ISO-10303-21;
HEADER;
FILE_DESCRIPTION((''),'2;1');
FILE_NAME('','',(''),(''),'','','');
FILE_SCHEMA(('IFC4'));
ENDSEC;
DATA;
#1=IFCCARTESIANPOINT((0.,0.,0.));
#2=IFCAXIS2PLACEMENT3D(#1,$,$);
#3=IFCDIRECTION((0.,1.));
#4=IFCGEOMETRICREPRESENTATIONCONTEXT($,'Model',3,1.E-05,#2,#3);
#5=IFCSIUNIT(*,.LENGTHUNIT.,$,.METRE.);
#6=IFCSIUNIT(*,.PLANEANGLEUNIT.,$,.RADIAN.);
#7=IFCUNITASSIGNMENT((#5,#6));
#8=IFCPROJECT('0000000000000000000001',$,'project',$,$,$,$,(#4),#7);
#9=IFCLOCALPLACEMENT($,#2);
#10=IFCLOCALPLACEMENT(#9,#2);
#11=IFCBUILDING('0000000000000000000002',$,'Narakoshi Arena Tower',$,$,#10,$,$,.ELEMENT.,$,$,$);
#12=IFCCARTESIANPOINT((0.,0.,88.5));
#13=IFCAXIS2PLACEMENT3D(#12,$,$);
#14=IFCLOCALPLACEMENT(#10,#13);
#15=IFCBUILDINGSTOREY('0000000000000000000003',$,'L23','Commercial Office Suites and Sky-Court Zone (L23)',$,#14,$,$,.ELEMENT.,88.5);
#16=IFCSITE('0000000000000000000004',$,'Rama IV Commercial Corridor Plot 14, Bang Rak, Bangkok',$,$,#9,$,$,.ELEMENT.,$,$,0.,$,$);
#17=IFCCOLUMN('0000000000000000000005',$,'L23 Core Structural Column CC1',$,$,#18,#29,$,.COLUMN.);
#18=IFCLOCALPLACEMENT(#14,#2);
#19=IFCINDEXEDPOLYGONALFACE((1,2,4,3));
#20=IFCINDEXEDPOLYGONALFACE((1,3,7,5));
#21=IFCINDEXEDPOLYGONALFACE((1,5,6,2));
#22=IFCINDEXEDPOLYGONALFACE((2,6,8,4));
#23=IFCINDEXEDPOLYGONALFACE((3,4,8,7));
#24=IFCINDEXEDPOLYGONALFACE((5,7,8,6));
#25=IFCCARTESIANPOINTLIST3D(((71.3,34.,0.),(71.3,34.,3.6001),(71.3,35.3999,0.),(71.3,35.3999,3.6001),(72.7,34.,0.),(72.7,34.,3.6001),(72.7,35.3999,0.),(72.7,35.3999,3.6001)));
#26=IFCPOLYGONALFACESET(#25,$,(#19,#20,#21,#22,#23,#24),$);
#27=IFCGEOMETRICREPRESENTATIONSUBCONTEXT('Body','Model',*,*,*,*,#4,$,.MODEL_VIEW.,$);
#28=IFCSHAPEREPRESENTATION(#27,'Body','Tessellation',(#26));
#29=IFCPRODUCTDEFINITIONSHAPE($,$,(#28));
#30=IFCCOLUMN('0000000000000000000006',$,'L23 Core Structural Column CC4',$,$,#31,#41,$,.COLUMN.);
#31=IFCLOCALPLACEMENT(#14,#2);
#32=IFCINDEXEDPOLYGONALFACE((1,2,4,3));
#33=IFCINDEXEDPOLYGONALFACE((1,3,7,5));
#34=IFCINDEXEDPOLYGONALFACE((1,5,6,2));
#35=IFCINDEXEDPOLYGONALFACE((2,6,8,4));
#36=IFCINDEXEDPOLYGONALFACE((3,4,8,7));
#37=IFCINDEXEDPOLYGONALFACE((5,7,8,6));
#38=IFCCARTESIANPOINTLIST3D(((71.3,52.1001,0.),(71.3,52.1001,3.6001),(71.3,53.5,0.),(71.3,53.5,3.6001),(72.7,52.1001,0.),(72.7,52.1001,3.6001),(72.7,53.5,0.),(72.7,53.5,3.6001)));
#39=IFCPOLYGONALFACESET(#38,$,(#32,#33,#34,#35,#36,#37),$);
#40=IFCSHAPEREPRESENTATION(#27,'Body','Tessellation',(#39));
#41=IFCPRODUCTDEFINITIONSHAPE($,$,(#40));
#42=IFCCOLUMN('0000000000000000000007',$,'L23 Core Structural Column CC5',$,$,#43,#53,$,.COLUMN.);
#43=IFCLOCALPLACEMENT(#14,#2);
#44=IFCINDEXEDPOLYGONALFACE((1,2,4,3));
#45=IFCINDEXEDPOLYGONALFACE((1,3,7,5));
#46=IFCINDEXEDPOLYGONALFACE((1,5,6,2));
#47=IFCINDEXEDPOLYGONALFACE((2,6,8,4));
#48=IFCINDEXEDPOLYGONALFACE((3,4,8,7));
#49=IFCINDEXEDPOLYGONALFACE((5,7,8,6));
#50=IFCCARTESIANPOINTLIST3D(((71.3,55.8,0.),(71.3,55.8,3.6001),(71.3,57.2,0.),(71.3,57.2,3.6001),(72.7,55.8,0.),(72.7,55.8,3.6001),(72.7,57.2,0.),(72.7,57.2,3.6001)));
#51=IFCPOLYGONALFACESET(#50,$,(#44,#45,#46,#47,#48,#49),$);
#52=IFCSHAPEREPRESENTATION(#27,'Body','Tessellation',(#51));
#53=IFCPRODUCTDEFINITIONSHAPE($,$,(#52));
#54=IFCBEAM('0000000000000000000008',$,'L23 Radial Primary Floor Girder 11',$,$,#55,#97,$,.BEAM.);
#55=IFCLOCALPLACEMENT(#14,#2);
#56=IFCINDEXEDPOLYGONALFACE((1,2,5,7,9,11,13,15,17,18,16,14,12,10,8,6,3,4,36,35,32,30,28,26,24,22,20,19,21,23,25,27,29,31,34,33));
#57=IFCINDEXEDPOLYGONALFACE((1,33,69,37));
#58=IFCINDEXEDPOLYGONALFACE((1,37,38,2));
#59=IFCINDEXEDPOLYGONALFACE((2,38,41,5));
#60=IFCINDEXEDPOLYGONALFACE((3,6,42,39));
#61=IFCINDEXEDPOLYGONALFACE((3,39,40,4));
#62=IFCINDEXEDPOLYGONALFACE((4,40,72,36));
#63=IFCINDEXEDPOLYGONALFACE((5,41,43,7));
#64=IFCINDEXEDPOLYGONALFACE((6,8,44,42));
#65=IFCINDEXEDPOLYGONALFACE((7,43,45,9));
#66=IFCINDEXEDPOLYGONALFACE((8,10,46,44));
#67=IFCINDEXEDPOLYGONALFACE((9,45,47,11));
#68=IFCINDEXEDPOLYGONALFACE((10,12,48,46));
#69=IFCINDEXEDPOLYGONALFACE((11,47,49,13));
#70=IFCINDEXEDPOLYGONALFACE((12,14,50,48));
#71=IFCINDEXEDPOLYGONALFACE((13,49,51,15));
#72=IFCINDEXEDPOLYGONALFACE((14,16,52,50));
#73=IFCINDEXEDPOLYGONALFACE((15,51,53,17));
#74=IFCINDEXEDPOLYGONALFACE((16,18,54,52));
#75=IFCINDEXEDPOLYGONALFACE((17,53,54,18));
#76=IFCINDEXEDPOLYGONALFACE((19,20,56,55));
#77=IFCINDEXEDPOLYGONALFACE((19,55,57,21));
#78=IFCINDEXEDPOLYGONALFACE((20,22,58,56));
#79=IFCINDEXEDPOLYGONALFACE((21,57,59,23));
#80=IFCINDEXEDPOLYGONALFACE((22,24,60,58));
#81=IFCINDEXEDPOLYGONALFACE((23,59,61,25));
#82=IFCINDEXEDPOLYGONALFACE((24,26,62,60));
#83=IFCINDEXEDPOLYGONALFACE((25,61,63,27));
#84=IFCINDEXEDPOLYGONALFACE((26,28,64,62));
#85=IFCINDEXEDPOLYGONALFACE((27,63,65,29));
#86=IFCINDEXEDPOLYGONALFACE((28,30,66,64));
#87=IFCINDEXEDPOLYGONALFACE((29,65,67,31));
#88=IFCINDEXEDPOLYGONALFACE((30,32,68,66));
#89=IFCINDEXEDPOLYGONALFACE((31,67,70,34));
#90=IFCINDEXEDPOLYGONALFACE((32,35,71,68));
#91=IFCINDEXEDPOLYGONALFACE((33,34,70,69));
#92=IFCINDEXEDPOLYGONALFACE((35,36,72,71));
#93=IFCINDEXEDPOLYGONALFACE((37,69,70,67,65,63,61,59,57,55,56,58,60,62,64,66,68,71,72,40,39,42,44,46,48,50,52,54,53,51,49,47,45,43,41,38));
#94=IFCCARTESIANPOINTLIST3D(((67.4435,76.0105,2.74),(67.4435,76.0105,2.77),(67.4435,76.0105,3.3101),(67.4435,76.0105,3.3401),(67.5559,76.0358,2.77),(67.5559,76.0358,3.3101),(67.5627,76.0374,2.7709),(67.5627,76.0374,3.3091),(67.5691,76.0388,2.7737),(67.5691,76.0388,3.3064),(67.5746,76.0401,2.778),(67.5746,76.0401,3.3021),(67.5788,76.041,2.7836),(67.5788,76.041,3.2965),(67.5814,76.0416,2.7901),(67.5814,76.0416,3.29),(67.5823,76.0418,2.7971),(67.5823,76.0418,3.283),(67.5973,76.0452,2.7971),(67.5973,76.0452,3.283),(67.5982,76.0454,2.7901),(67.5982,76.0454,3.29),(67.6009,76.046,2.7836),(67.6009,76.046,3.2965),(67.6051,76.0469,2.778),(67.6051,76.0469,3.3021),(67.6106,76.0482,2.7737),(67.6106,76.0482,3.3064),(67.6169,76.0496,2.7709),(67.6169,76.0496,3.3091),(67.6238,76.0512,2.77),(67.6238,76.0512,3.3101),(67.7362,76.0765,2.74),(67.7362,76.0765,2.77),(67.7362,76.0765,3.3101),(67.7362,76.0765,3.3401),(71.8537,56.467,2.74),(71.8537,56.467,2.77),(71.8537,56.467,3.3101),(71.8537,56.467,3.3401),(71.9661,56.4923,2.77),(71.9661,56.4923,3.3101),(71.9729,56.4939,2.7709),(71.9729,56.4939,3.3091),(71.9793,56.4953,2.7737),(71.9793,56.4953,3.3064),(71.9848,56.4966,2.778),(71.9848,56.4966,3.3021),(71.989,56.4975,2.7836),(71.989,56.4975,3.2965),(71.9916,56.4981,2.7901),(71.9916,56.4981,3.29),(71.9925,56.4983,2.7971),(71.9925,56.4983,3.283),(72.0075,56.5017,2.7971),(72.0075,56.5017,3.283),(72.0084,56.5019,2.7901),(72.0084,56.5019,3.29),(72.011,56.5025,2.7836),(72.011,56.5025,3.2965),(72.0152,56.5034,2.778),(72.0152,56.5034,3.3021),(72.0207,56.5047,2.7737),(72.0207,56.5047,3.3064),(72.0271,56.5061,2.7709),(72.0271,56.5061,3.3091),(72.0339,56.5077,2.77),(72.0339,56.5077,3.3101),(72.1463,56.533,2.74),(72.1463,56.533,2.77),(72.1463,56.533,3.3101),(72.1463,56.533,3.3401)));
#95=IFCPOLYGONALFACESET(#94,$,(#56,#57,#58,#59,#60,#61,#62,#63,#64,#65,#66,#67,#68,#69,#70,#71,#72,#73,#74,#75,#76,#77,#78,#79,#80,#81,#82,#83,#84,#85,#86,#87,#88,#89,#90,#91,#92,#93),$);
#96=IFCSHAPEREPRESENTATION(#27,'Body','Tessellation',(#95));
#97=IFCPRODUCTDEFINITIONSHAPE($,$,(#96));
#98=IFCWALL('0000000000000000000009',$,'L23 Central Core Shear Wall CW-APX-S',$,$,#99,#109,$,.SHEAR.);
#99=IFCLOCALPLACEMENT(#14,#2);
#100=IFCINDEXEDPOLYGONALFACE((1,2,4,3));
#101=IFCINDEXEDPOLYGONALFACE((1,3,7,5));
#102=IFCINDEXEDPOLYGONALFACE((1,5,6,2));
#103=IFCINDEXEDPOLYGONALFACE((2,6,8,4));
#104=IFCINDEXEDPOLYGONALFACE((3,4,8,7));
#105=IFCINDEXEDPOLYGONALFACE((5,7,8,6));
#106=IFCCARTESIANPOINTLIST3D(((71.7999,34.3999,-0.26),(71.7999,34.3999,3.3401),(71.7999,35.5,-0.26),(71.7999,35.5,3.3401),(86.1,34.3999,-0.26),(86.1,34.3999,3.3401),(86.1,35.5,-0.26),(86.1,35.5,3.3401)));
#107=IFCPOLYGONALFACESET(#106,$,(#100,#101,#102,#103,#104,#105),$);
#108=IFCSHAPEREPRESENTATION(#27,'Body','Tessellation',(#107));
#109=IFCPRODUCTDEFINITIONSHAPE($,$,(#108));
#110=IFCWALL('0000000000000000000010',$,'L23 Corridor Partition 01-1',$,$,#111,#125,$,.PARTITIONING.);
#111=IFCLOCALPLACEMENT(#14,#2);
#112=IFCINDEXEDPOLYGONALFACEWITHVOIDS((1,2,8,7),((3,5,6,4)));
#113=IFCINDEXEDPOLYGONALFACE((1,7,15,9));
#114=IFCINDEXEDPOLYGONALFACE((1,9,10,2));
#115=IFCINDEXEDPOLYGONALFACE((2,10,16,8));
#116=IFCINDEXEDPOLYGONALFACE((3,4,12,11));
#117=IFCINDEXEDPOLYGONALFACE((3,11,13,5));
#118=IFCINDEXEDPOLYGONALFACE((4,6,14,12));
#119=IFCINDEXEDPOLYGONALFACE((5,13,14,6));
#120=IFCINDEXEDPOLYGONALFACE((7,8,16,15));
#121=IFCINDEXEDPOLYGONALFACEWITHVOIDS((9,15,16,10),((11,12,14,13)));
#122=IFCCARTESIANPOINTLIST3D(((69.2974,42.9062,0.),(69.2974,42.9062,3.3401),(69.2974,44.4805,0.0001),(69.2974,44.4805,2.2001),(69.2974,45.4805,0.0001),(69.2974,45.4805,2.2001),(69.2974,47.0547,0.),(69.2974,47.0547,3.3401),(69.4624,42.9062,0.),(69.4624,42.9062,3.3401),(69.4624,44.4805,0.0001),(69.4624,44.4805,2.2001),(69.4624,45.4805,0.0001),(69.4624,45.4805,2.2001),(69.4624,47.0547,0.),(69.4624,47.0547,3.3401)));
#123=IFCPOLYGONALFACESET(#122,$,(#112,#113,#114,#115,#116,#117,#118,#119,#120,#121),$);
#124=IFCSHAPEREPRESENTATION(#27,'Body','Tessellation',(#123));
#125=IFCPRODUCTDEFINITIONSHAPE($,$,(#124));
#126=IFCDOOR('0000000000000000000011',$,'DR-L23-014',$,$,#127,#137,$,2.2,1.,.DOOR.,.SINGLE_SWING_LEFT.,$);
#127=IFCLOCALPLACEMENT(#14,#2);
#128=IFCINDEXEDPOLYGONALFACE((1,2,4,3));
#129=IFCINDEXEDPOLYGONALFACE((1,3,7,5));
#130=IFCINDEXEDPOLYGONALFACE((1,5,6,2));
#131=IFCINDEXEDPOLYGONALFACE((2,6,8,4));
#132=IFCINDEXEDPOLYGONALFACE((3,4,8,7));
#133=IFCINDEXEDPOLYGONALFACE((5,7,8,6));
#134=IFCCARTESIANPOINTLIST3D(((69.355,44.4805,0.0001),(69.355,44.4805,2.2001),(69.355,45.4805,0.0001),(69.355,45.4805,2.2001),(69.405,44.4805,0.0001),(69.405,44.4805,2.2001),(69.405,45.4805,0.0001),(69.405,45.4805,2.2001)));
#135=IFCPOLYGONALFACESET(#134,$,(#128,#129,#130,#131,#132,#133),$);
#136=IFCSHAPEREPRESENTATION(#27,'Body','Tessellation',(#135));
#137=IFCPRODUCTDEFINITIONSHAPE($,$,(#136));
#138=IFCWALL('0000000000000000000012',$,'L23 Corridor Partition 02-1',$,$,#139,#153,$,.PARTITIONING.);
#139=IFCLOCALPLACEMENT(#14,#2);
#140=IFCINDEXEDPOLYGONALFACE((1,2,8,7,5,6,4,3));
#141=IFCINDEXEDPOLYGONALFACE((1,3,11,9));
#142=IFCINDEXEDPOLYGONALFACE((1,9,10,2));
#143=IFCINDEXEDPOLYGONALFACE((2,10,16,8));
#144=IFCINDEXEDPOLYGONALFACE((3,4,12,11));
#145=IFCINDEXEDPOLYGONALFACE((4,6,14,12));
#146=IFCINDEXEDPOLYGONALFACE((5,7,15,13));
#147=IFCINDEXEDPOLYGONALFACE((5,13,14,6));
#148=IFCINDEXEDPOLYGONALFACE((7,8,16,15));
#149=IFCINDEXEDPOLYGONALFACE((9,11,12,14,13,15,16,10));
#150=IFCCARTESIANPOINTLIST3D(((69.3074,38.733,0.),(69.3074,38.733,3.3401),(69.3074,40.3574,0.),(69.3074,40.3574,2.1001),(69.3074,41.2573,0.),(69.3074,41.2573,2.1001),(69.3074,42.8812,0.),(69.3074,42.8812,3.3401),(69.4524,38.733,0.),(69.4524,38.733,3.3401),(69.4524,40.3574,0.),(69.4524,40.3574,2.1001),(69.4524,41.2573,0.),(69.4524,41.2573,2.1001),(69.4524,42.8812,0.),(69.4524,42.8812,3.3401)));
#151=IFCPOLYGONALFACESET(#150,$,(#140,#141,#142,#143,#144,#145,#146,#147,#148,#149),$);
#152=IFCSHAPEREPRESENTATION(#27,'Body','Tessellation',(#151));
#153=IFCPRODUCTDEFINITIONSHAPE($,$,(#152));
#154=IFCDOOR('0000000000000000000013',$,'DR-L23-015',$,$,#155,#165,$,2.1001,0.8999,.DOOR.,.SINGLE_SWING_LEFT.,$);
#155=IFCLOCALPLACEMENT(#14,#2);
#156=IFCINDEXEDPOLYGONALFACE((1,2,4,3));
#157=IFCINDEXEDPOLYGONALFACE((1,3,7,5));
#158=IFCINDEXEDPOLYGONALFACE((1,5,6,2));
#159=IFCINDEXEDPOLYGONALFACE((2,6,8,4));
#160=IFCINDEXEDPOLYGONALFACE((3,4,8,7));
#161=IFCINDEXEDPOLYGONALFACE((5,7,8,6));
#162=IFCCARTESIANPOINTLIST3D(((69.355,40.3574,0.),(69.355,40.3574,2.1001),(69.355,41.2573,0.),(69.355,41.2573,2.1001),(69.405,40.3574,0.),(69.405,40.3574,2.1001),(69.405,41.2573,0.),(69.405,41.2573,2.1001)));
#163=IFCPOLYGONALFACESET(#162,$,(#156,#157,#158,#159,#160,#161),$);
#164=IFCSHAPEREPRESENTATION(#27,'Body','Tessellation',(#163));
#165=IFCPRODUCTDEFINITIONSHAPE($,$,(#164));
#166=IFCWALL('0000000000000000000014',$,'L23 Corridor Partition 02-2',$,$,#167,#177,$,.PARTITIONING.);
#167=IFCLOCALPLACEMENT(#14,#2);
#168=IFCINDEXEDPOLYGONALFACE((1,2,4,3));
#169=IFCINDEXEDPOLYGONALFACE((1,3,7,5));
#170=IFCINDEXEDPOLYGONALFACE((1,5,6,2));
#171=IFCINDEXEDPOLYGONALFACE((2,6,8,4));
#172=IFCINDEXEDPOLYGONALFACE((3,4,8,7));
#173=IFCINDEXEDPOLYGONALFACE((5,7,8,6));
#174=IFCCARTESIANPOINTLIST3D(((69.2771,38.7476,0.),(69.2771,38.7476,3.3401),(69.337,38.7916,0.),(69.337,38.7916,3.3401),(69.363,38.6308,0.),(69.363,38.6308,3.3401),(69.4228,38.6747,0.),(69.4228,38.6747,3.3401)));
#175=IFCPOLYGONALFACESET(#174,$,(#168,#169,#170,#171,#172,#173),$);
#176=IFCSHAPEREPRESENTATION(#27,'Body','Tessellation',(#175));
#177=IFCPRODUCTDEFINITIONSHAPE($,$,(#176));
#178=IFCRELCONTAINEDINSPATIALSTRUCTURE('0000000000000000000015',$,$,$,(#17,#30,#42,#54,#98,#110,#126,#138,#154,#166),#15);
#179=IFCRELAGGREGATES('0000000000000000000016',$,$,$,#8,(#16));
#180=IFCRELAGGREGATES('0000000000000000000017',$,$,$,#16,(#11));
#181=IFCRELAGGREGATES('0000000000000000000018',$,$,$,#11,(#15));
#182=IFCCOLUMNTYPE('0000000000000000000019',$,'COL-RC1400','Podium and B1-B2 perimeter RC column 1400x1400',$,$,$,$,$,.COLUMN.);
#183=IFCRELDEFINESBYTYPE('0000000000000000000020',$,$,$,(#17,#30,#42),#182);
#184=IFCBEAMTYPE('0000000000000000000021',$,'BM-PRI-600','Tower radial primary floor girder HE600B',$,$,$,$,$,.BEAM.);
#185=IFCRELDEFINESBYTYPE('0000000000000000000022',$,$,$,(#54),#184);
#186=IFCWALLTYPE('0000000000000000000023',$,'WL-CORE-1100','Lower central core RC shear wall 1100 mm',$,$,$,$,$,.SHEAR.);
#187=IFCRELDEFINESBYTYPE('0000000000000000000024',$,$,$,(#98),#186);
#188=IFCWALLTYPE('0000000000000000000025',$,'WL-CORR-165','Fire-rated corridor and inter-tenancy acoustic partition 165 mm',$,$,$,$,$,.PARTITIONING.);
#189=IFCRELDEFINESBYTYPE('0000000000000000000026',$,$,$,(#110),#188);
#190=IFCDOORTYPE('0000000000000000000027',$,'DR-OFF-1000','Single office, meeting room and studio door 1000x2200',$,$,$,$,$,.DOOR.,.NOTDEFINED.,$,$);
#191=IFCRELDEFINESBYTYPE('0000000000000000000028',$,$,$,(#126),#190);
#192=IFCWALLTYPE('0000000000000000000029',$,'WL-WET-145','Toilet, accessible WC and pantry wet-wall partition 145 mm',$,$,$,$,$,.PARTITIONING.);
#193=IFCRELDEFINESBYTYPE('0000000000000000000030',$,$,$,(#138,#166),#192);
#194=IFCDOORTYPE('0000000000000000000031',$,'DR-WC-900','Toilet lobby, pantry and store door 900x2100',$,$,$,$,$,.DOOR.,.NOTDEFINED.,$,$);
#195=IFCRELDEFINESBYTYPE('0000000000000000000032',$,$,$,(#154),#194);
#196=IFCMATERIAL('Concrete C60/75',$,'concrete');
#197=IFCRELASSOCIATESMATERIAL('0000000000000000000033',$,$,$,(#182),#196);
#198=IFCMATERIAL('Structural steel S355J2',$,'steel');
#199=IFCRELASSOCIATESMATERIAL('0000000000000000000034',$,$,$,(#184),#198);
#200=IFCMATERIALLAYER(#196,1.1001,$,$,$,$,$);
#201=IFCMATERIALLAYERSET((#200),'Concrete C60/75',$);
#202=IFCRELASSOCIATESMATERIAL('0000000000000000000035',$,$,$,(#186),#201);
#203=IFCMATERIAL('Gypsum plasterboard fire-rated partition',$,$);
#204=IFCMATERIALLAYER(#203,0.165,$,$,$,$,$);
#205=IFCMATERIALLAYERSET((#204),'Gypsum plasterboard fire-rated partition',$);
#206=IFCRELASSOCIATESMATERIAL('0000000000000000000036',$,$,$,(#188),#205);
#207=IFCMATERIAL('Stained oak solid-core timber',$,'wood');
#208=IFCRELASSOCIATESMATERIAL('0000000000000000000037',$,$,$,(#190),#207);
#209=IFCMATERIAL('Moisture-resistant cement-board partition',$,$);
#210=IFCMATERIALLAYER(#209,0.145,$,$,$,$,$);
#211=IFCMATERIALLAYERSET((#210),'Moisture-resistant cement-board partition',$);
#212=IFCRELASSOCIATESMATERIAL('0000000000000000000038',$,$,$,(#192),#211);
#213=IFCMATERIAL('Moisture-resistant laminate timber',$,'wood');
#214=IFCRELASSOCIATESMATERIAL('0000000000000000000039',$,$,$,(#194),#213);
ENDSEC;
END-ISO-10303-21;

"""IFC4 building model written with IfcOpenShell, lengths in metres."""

from ifc_helpers import new_model, si_unit, direction, frame, frame_2d, origin, origin_2d, place, context, subcontext, project, spatial, rectangle, i_section, extrude, material, layer, layer_set, material_profile, profile_set, type_object, element, fill, save


model = new_model("IFC4")

# Units and contexts
model_context = context("Model", 3, precision=1e-05, world=origin(), true_north=direction((0.0, 1.0)))
body_context = subcontext(model_context, "Body", "Model", "MODEL_VIEW")
ifc_project = project(units=[si_unit("LENGTHUNIT", "METRE"), si_unit("PLANEANGLEUNIT", "RADIAN")], contexts=[model_context])

# Site, building, storey
site_placement = place(None, origin())
site = spatial("IfcSite", under=ifc_project, at=site_placement, Name="Rama IV Commercial Corridor Plot 14, Bang Rak, Bangkok", CompositionType="ELEMENT", RefElevation=0.0)
building_placement = place(site_placement, origin())
building = spatial("IfcBuilding", under=site, at=building_placement, Name="Narakoshi Arena Tower", CompositionType="ELEMENT")
storey_placement = place(building_placement, frame((0.0, 0.0, 88.5)))
storey = spatial("IfcBuildingStorey", under=building, at=storey_placement, Name="L23", Description="Commercial Office Suites and Sky-Court Zone (L23)", CompositionType="ELEMENT", Elevation=88.5)

# Columns
ifc_material_1 = material(Name="Concrete C60/75", Category="concrete")
ifc_material_profile_1 = material_profile(ifc_material_1, rectangle(XDim=1.3999, YDim=1.3999, at=origin_2d()), Name="RC1400x1400")
ifc_profile_set_1 = profile_set([ifc_material_profile_1], Name="Concrete C60/75")
column_type = type_object("IfcColumnType", Name="COL-RC1400", Description="Podium and B1-B2 perimeter RC column 1400x1400", PredefinedType="COLUMN", material=ifc_profile_set_1)
for number, where, z_axis, x_axis, name in (
    (1, (72.0, 34.7, 0.0), (0.0, 0.0, 1.0), (1.0, 0.0, 0.0), "L23 Core Structural Column CC1"),
    (2, (72.0, 52.8, 0.0), (0.0, 0.0, 1.0), (1.0, 0.0, 0.0), "L23 Core Structural Column CC4"),
    (3, (72.0, 56.5, 0.0), (0.0, 0.0, 1.0), (1.0, 0.0, 0.0), "L23 Core Structural Column CC5"),
):
    element("IfcColumn", number, at=place(storey_placement, frame(where, z_axis=z_axis, x_axis=x_axis)), inside=storey, type_object=column_type, Name=name, PredefinedType="COLUMN", context=body_context, shape_type="SweptSolid", body=[
        extrude(rectangle(XDim=1.3999, YDim=1.3999, at=origin_2d()), origin(), (0.0, 0.0, 1.0), 3.6001),
    ])

# Beam
ifc_material_2 = material(Name="Structural steel S355J2", Category="steel")
ifc_material_profile_2 = material_profile(ifc_material_2, i_section(OverallWidth=0.3, OverallDepth=0.6001, WebThickness=0.0154, FlangeThickness=0.03, FilletRadius=0.0271, at=origin_2d()), Name="HE600B")
ifc_profile_set_2 = profile_set([ifc_material_profile_2], Name="Structural steel S355J2")
beam_type = type_object("IfcBeamType", Name="BM-PRI-600", Description="Tower radial primary floor girder HE600B", PredefinedType="BEAM", material=ifc_profile_set_2)
beam_placement = place(storey_placement, frame((72.0, 56.5, 3.04), z_axis=(-0.220124, 0.975472, 0.0), x_axis=(-0.975472, -0.220124, 0.0)))
element("IfcBeam", 4, at=beam_placement, inside=storey, type_object=beam_type, Name="L23 Radial Primary Floor Girder 11", PredefinedType="BEAM", context=body_context, shape_type="SweptSolid", body=[
    extrude(i_section(OverallWidth=0.3, OverallDepth=0.6001, WebThickness=0.0154, FlangeThickness=0.03, FilletRadius=0.0271, at=origin_2d()), origin(), (0.0, 0.0, 1.0), 20.0349),
])

# Wall
ifc_layer_1 = layer(ifc_material_1, 1.1001)
ifc_layer_set_1 = layer_set([ifc_layer_1], Name="Concrete C60/75")
wall_type_1 = type_object("IfcWallType", Name="WL-CORE-1100", Description="Lower central core RC shear wall 1100 mm", PredefinedType="SHEAR", material=ifc_layer_set_1)
wall_1_placement = place(storey_placement, frame((71.8, 34.95, -0.26), z_axis=(0.0, 0.0, 1.0), x_axis=(1.0, 0.0, 0.0)))
element("IfcWall", 5, at=wall_1_placement, inside=storey, type_object=wall_type_1, Name="L23 Central Core Shear Wall CW-APX-S", PredefinedType="SHEAR", context=body_context, shape_type="SweptSolid", body=[
    extrude(rectangle(XDim=14.3, YDim=1.1001, at=frame_2d((7.1499, 0.0))), origin(), (0.0, 0.0, 1.0), 3.6001),
])

# Walls, openings, doors
ifc_material_3 = material(Name="Gypsum plasterboard fire-rated partition")
ifc_layer_2 = layer(ifc_material_3, 0.165)
ifc_layer_set_2 = layer_set([ifc_layer_2], Name="Gypsum plasterboard fire-rated partition")
wall_type_2 = type_object("IfcWallType", Name="WL-CORR-165", Description="Fire-rated corridor and inter-tenancy acoustic partition 165 mm", PredefinedType="PARTITIONING", material=ifc_layer_set_2)
wall_2_placement = place(storey_placement, frame((69.3799, 47.0547, 0.0), z_axis=(0.0, 0.0, 1.0), x_axis=(0.0, -1.0, 0.0)))
wall_2 = element("IfcWall", 6, at=wall_2_placement, inside=storey, type_object=wall_type_2, Name="L23 Corridor Partition 01-1", PredefinedType="PARTITIONING", context=body_context, shape_type="SweptSolid", body=[
    extrude(rectangle(XDim=4.1484, YDim=0.165, at=frame_2d((2.0742, 0.0))), origin(), (0.0, 0.0, 1.0), 3.3401),
])
opening_1_placement = place(wall_2_placement, frame((1.5742, 0.0, 0.0)))
opening_1 = element("IfcOpeningElement", 7, at=opening_1_placement, cuts=wall_2, PredefinedType="OPENING", context=body_context, shape_type="SweptSolid", body=[
    extrude(rectangle(XDim=1.0, YDim=2.2, at=frame_2d((0.5, 1.1001))), frame((0.0, 0.0925, 0.0), z_axis=(0.0, -1.0, 0.0), x_axis=(1.0, 0.0, 0.0)), (0.0, 0.0, 1.0), 0.1851),
])
ifc_material_4 = material(Name="Stained oak solid-core timber", Category="wood")
door_type_1 = type_object("IfcDoorType", Name="DR-OFF-1000", Description="Single office, meeting room and studio door 1000x2200", OperationType="NOTDEFINED", PredefinedType="DOOR", material=ifc_material_4)
door_1_placement = place(opening_1_placement, frame((1.0, 0.0, 0.0), z_axis=(0.0, 0.0, 1.0), x_axis=(-1.0, 0.0, 0.0)))
door_1 = element("IfcDoor", 8, at=door_1_placement, inside=storey, type_object=door_type_1, Name="DR-L23-014", OperationType="SINGLE_SWING_LEFT", OverallHeight=2.2, OverallWidth=1.0, PredefinedType="DOOR", context=body_context, shape_type="SweptSolid", body=[
    extrude(rectangle(XDim=1.0, YDim=2.2, at=frame_2d((0.5, 1.1001))), frame((0.0, 0.0249, 0.0), z_axis=(0.0, -1.0, 0.0), x_axis=(1.0, 0.0, 0.0)), (0.0, 0.0, 1.0), 0.05),
])
fill(opening_1, door_1)
ifc_material_5 = material(Name="Moisture-resistant cement-board partition")
ifc_layer_3 = layer(ifc_material_5, 0.145)
ifc_layer_set_3 = layer_set([ifc_layer_3], Name="Moisture-resistant cement-board partition")
wall_type_3 = type_object("IfcWallType", Name="WL-WET-145", Description="Toilet, accessible WC and pantry wet-wall partition 145 mm", PredefinedType="PARTITIONING", material=ifc_layer_set_3)
wall_3_placement = place(storey_placement, frame((69.3799, 42.8813, 0.0), z_axis=(0.0, 0.0, 1.0), x_axis=(0.0, -1.0, 0.0)))
wall_3 = element("IfcWall", 9, at=wall_3_placement, inside=storey, type_object=wall_type_3, Name="L23 Corridor Partition 02-1", PredefinedType="PARTITIONING", context=body_context, shape_type="SweptSolid", body=[
    extrude(rectangle(XDim=4.1482, YDim=0.145, at=frame_2d((2.0742, 0.0))), origin(), (0.0, 0.0, 1.0), 3.3401),
])
opening_2_placement = place(wall_3_placement, frame((1.624, 0.0, 0.0)))
opening_2 = element("IfcOpeningElement", 10, at=opening_2_placement, cuts=wall_3, PredefinedType="OPENING", context=body_context, shape_type="SweptSolid", body=[
    extrude(rectangle(XDim=0.8999, YDim=2.1001, at=frame_2d((0.45, 1.05))), frame((0.0, 0.0825, 0.0), z_axis=(0.0, -1.0, 0.0), x_axis=(1.0, 0.0, 0.0)), (0.0, 0.0, 1.0), 0.165),
])
ifc_material_6 = material(Name="Moisture-resistant laminate timber", Category="wood")
door_type_2 = type_object("IfcDoorType", Name="DR-WC-900", Description="Toilet lobby, pantry and store door 900x2100", OperationType="NOTDEFINED", PredefinedType="DOOR", material=ifc_material_6)
door_2_placement = place(opening_2_placement, frame((0.8999, 0.0, 0.0), z_axis=(0.0, 0.0, 1.0), x_axis=(-1.0, 0.0, 0.0)))
door_2 = element("IfcDoor", 11, at=door_2_placement, inside=storey, type_object=door_type_2, Name="DR-L23-015", OperationType="SINGLE_SWING_LEFT", OverallHeight=2.1001, OverallWidth=0.8999, PredefinedType="DOOR", context=body_context, shape_type="SweptSolid", body=[
    extrude(rectangle(XDim=0.8999, YDim=2.1001, at=frame_2d((0.45, 1.05))), frame((0.0, 0.0249, 0.0), z_axis=(0.0, -1.0, 0.0), x_axis=(1.0, 0.0, 0.0)), (0.0, 0.0, 1.0), 0.05),
])
fill(opening_2, door_2)

# Wall
wall_4_placement = place(storey_placement, frame((69.3799, 38.7332, 0.0), z_axis=(0.0, 0.0, 1.0), x_axis=(-0.805882, -0.592076, 0.0)))
element("IfcWall", 12, at=wall_4_placement, inside=storey, type_object=wall_type_3, Name="L23 Corridor Partition 02-2", PredefinedType="PARTITIONING", context=body_context, shape_type="SweptSolid", body=[
    extrude(rectangle(XDim=0.0742, YDim=0.145, at=frame_2d((0.0371, 0.0))), origin(), (0.0, 0.0, 1.0), 3.3401),
])

save(model, "model.ifc")
